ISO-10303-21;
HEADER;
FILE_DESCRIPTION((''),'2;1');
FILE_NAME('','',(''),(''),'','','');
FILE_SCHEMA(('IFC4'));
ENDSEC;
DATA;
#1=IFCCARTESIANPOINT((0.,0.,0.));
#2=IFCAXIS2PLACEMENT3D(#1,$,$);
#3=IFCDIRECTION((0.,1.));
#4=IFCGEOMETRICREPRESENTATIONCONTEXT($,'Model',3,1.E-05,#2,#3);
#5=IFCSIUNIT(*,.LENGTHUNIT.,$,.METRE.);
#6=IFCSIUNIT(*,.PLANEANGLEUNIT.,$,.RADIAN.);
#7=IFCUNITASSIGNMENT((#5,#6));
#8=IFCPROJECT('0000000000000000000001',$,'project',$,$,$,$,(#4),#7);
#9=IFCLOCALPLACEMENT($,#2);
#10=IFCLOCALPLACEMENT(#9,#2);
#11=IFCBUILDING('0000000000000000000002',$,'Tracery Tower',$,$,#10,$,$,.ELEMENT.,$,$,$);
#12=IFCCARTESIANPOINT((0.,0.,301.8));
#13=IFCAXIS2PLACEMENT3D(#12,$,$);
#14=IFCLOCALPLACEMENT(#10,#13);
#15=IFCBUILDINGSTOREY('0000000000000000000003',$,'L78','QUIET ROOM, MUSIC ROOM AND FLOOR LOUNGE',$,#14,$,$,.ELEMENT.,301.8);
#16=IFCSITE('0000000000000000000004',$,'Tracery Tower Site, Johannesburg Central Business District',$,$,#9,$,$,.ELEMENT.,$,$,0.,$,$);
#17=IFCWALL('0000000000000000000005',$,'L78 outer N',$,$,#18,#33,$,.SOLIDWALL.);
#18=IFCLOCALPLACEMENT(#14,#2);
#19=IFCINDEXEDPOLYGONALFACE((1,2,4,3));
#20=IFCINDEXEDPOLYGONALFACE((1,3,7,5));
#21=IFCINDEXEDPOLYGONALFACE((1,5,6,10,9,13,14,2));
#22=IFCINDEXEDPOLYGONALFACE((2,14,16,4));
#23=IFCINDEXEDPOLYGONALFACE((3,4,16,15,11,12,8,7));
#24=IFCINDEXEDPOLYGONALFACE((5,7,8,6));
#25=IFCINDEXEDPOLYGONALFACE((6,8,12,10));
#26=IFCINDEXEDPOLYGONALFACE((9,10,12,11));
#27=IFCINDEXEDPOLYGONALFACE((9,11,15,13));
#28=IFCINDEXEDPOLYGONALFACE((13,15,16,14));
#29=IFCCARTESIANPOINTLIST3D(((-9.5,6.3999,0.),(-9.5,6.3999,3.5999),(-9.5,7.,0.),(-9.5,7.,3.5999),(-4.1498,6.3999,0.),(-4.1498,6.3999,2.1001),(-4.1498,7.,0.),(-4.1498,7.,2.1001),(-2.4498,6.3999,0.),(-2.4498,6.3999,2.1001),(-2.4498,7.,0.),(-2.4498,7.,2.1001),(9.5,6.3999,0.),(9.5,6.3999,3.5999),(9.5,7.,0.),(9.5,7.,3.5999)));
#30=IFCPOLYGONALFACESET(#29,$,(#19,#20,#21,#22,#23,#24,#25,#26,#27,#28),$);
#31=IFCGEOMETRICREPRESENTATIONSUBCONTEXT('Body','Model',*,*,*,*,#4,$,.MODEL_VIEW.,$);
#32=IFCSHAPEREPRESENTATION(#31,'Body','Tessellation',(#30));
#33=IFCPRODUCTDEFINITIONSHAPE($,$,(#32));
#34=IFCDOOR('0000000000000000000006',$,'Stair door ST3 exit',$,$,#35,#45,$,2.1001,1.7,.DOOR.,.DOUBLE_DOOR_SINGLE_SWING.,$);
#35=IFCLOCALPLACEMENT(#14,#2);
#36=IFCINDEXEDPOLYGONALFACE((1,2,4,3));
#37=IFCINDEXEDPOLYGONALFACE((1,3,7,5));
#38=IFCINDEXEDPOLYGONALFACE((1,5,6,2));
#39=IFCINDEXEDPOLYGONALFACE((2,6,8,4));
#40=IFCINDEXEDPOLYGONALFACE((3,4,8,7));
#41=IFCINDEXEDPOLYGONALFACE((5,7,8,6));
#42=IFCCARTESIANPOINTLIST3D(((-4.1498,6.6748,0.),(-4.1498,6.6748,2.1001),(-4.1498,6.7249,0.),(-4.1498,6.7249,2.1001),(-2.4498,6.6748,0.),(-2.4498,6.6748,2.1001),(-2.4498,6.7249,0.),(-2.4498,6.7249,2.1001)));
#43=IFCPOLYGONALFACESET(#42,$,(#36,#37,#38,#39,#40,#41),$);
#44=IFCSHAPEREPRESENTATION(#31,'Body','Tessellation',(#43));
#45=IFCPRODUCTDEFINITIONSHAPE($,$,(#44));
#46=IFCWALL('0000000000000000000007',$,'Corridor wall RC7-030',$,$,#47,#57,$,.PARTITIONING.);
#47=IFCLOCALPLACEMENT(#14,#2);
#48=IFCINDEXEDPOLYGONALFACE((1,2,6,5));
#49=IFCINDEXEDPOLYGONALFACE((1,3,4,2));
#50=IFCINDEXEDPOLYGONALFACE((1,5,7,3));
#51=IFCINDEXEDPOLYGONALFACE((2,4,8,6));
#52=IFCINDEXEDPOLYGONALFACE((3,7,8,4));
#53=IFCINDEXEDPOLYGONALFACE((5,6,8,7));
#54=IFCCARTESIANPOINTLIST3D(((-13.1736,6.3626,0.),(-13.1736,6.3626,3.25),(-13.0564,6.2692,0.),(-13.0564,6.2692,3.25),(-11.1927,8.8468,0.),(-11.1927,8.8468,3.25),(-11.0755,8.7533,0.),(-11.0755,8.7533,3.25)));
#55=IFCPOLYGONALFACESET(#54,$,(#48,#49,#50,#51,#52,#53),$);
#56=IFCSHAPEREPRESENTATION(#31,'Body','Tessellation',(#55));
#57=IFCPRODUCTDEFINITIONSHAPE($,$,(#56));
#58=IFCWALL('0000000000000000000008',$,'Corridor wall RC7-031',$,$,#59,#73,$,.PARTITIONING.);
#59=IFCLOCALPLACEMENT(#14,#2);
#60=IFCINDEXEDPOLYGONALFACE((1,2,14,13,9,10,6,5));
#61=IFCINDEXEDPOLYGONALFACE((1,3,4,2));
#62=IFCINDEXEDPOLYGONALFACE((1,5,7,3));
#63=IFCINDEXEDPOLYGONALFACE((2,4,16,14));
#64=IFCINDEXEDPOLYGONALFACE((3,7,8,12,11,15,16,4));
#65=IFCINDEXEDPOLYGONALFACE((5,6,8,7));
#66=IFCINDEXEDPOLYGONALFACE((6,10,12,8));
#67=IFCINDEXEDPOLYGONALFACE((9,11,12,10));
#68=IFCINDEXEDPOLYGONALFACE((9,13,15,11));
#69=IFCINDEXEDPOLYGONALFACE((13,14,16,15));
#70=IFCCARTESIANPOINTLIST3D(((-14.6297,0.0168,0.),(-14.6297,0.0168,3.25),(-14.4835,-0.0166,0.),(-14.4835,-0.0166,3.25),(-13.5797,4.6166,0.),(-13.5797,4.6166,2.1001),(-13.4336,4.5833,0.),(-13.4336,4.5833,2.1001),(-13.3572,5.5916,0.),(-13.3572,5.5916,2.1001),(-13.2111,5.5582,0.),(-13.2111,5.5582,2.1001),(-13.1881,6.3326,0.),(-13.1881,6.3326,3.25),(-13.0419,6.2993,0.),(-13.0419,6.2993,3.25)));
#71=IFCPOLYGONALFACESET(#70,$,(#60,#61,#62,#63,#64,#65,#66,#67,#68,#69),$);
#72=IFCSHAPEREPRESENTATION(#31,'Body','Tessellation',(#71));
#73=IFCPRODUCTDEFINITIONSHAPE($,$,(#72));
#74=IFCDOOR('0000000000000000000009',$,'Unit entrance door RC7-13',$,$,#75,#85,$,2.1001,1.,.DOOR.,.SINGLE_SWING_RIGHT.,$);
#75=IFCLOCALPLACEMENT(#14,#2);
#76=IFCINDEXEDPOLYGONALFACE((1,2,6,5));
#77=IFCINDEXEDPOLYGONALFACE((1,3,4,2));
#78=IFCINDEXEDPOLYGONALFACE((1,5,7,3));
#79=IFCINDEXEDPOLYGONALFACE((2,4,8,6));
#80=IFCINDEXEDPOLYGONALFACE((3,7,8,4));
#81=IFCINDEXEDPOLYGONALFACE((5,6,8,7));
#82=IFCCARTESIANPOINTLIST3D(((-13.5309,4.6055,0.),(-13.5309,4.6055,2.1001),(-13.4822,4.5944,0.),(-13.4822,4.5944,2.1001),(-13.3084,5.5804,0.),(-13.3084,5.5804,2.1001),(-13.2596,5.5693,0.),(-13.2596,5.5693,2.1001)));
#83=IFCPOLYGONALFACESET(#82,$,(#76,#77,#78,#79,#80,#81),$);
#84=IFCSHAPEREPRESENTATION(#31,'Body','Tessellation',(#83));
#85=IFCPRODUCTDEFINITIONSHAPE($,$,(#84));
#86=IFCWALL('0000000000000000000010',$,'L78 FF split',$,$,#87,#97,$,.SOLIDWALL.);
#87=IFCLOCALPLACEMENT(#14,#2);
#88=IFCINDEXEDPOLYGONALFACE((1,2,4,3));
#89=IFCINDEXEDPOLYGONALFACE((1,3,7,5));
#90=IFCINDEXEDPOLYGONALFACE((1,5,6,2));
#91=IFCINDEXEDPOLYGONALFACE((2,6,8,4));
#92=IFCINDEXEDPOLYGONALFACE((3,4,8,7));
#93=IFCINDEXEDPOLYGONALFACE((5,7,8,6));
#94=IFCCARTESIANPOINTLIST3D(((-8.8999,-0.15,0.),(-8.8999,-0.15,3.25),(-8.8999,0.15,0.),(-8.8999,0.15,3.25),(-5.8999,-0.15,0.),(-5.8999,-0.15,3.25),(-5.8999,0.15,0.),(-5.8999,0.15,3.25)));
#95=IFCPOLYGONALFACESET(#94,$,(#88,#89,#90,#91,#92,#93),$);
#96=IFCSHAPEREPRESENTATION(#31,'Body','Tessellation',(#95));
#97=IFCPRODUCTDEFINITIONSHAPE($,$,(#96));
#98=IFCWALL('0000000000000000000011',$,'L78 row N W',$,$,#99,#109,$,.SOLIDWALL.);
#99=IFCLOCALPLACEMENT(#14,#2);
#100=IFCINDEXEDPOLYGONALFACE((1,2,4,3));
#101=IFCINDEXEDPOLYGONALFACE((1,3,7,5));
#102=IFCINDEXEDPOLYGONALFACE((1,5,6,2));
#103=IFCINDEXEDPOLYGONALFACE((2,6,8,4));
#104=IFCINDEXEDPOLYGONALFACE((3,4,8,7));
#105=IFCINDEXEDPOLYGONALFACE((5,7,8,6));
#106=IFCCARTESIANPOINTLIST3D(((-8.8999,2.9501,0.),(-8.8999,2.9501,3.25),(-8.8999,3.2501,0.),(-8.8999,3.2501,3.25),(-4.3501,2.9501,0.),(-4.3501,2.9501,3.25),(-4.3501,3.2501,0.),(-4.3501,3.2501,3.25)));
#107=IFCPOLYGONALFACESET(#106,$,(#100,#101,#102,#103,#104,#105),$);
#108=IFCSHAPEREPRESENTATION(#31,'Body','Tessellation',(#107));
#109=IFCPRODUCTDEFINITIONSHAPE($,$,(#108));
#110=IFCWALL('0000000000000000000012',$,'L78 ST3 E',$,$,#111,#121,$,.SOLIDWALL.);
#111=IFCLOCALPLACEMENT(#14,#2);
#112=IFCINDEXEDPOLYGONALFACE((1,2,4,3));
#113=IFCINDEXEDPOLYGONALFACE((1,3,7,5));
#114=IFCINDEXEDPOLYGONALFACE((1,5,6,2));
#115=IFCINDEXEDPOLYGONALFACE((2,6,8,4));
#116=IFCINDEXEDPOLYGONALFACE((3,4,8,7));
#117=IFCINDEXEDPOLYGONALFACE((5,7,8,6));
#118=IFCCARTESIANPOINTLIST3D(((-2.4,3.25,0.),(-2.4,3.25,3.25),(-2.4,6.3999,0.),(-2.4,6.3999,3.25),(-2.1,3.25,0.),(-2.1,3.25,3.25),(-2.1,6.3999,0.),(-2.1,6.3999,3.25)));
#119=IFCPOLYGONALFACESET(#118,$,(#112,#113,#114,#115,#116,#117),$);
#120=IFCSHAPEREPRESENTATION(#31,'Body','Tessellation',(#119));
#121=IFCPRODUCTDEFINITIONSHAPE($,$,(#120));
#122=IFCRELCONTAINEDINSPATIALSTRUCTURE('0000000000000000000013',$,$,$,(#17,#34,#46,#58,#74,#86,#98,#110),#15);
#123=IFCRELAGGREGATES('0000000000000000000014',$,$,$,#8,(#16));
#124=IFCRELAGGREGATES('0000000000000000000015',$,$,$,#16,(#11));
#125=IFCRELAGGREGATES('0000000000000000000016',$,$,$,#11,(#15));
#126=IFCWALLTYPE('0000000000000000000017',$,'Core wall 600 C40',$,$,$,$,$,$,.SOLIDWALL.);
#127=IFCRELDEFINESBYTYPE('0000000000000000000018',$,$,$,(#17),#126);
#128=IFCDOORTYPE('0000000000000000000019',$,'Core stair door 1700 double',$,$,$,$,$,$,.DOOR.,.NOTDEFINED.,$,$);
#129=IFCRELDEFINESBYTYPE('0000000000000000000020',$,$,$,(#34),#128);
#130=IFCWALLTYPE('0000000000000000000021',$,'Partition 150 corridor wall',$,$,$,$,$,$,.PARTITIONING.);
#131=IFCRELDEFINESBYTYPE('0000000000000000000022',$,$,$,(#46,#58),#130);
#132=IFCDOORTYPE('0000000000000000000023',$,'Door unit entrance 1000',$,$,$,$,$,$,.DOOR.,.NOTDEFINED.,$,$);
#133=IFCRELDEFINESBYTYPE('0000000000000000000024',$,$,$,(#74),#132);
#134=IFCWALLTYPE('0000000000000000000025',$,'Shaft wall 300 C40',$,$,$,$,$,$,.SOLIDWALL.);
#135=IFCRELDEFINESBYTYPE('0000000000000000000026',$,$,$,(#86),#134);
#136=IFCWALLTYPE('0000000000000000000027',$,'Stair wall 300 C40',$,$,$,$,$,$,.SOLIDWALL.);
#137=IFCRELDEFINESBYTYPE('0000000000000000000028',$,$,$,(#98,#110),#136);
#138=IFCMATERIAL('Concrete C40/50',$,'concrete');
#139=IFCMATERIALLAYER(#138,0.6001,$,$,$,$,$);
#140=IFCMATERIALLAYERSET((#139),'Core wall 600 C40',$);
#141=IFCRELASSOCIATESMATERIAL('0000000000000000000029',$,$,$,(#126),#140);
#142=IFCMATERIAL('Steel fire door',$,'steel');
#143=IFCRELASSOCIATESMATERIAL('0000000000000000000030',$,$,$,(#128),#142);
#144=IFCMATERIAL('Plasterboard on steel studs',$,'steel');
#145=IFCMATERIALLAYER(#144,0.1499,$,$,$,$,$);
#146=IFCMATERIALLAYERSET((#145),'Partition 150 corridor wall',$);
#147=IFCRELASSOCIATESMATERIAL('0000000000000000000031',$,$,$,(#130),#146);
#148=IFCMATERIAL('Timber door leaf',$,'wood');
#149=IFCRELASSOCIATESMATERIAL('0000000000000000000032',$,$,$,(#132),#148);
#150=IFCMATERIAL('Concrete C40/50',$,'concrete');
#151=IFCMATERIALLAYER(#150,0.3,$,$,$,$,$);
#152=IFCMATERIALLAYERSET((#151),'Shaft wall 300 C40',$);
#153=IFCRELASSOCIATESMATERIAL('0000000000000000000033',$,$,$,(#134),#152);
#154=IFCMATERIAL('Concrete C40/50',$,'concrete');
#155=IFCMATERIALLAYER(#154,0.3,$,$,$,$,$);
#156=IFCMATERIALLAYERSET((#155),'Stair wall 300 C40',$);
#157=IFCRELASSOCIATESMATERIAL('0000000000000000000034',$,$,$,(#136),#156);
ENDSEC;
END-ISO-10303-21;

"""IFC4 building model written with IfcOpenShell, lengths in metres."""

from ifc_helpers import new_model, si_unit, direction, frame, frame_2d, origin, place, context, subcontext, project, spatial, rectangle, extrude, material, layer, layer_set, type_object, element, fill, save


model = new_model("IFC4")

# Units and contexts
model_context = context("Model", 3, precision=1e-05, world=origin(), true_north=direction((0.0, 1.0)))
body_context = subcontext(model_context, "Body", "Model", "MODEL_VIEW")
ifc_project = project(units=[si_unit("LENGTHUNIT", "METRE"), si_unit("PLANEANGLEUNIT", "RADIAN")], contexts=[model_context])

# Site, building, storey
site_placement = place(None, origin())
site = spatial("IfcSite", under=ifc_project, at=site_placement, Name="Tracery Tower Site, Johannesburg Central Business District", CompositionType="ELEMENT", RefElevation=0.0)
building_placement = place(site_placement, origin())
building = spatial("IfcBuilding", under=site, at=building_placement, Name="Tracery Tower", CompositionType="ELEMENT")
storey_placement = place(building_placement, frame((0.0, 0.0, 301.8)))
storey = spatial("IfcBuildingStorey", under=building, at=storey_placement, Name="L78", Description="QUIET ROOM, MUSIC ROOM AND FLOOR LOUNGE", CompositionType="ELEMENT", Elevation=301.8)

# Wall, opening, door
ifc_material_1 = material(Name="Concrete C40/50", Category="concrete")
ifc_layer_1 = layer(ifc_material_1, 0.6001)
ifc_layer_set_1 = layer_set([ifc_layer_1], Name="Core wall 600 C40")
wall_type_1 = type_object("IfcWallType", Name="Core wall 600 C40", PredefinedType="SOLIDWALL", material=ifc_layer_set_1)
wall_1_placement = place(storey_placement, frame((-9.5, 6.7, 0.0), z_axis=(0.0, 0.0, 1.0), x_axis=(1.0, 0.0, 0.0)))
wall_1 = element("IfcWall", 1, at=wall_1_placement, inside=storey, type_object=wall_type_1, Name="L78 outer N", PredefinedType="SOLIDWALL", context=body_context, shape_type="SweptSolid", body=[
    extrude(rectangle(XDim=19.0, YDim=0.6001, at=frame_2d((9.5, 0.0))), origin(), (0.0, 0.0, 1.0), 3.5999),
])
opening_1_placement = place(wall_1_placement, frame((5.3501, 0.0, 0.0)))
opening_1 = element("IfcOpeningElement", 2, at=opening_1_placement, cuts=wall_1, PredefinedType="OPENING", context=body_context, shape_type="SweptSolid", body=[
    extrude(rectangle(XDim=1.7, YDim=2.1001, at=frame_2d((0.8501, 1.05))), frame((0.0, 0.3, 0.0), z_axis=(0.0, -1.0, 0.0), x_axis=(1.0, 0.0, 0.0)), (0.0, 0.0, 1.0), 0.6001),
])
ifc_material_2 = material(Name="Steel fire door", Category="steel")
door_type_1 = type_object("IfcDoorType", Name="Core stair door 1700 double", OperationType="NOTDEFINED", PredefinedType="DOOR", material=ifc_material_2)
door_1_placement = place(opening_1_placement, origin())
door_1 = element("IfcDoor", 3, at=door_1_placement, inside=storey, type_object=door_type_1, Name="Stair door ST3 exit", OperationType="DOUBLE_DOOR_SINGLE_SWING", OverallHeight=2.1001, OverallWidth=1.7, PredefinedType="DOOR", context=body_context, shape_type="SweptSolid", body=[
    extrude(rectangle(XDim=1.7, YDim=2.1001, at=frame_2d((0.8501, 1.05))), frame((0.0, 0.0249, 0.0), z_axis=(0.0, -1.0, 0.0), x_axis=(1.0, 0.0, 0.0)), (0.0, 0.0, 1.0), 0.05),
])
fill(opening_1, door_1)

# Wall
ifc_material_3 = material(Name="Plasterboard on steel studs", Category="steel")
ifc_layer_2 = layer(ifc_material_3, 0.1499)
ifc_layer_set_2 = layer_set([ifc_layer_2], Name="Partition 150 corridor wall")
wall_type_2 = type_object("IfcWallType", Name="Partition 150 corridor wall", PredefinedType="PARTITIONING", material=ifc_layer_set_2)
wall_2_placement = place(storey_placement, frame((-13.115, 6.3159, 0.0), z_axis=(0.0, 0.0, 1.0), x_axis=(0.623476, 0.781842, 0.0)))
element("IfcWall", 4, at=wall_2_placement, inside=storey, type_object=wall_type_2, Name="Corridor wall RC7-030", PredefinedType="PARTITIONING", context=body_context, shape_type="SweptSolid", body=[
    extrude(rectangle(XDim=3.1772, YDim=0.1499, at=frame_2d((1.5886, 0.0))), origin(), (0.0, 0.0, 1.0), 3.25),
])

# Wall, opening, door
wall_3_placement = place(storey_placement, frame((-14.5566, 0.0, 0.0), z_axis=(0.0, 0.0, 1.0), x_axis=(0.222533, 0.974925, 0.0)))
wall_3 = element("IfcWall", 5, at=wall_3_placement, inside=storey, type_object=wall_type_2, Name="Corridor wall RC7-031", PredefinedType="PARTITIONING", context=body_context, shape_type="SweptSolid", body=[
    extrude(rectangle(XDim=6.4783, YDim=0.1499, at=frame_2d((3.2393, 0.0))), origin(), (0.0, 0.0, 1.0), 3.25),
])
opening_2_placement = place(wall_3_placement, frame((4.7183, 0.0, 0.0)))
opening_2 = element("IfcOpeningElement", 6, at=opening_2_placement, cuts=wall_3, PredefinedType="OPENING", context=body_context, shape_type="SweptSolid", body=[
    extrude(rectangle(XDim=1.0, YDim=2.1001, at=frame_2d((0.5, 1.05))), frame((0.0, 0.075, 0.0), z_axis=(0.0, -1.0, 0.0), x_axis=(1.0, 0.0, 0.0)), (0.0, 0.0, 1.0), 0.1499),
])
ifc_material_4 = material(Name="Timber door leaf", Category="wood")
door_type_2 = type_object("IfcDoorType", Name="Door unit entrance 1000", OperationType="NOTDEFINED", PredefinedType="DOOR", material=ifc_material_4)
door_2_placement = place(opening_2_placement, origin())
door_2 = element("IfcDoor", 7, at=door_2_placement, inside=storey, type_object=door_type_2, Name="Unit entrance door RC7-13", OperationType="SINGLE_SWING_RIGHT", OverallHeight=2.1001, OverallWidth=1.0, PredefinedType="DOOR", context=body_context, shape_type="SweptSolid", body=[
    extrude(rectangle(XDim=1.0, YDim=2.1001, at=frame_2d((0.5, 1.05))), frame((0.0, 0.0249, 0.0), z_axis=(0.0, -1.0, 0.0), x_axis=(1.0, 0.0, 0.0)), (0.0, 0.0, 1.0), 0.05),
])
fill(opening_2, door_2)

# Walls
ifc_material_5 = material(Name="Concrete C40/50", Category="concrete")
ifc_layer_3 = layer(ifc_material_5, 0.3)
ifc_layer_set_3 = layer_set([ifc_layer_3], Name="Shaft wall 300 C40")
wall_type_3 = type_object("IfcWallType", Name="Shaft wall 300 C40", PredefinedType="SOLIDWALL", material=ifc_layer_set_3)
wall_4_placement = place(storey_placement, frame((-8.8999, 0.0, 0.0), z_axis=(0.0, 0.0, 1.0), x_axis=(1.0, 0.0, 0.0)))
element("IfcWall", 8, at=wall_4_placement, inside=storey, type_object=wall_type_3, Name="L78 FF split", PredefinedType="SOLIDWALL", context=body_context, shape_type="SweptSolid", body=[
    extrude(rectangle(XDim=3.0, YDim=0.3, at=frame_2d((1.5, 0.0))), origin(), (0.0, 0.0, 1.0), 3.25),
])
ifc_material_6 = material(Name="Concrete C40/50", Category="concrete")
ifc_layer_4 = layer(ifc_material_6, 0.3)
ifc_layer_set_4 = layer_set([ifc_layer_4], Name="Stair wall 300 C40")
wall_type_4 = type_object("IfcWallType", Name="Stair wall 300 C40", PredefinedType="SOLIDWALL", material=ifc_layer_set_4)
wall_5_placement = place(storey_placement, frame((-8.8999, 3.1001, 0.0), z_axis=(0.0, 0.0, 1.0), x_axis=(1.0, 0.0, 0.0)))
element("IfcWall", 9, at=wall_5_placement, inside=storey, type_object=wall_type_4, Name="L78 row N W", PredefinedType="SOLIDWALL", context=body_context, shape_type="SweptSolid", body=[
    extrude(rectangle(XDim=4.5498, YDim=0.3, at=frame_2d((2.2749, 0.0))), origin(), (0.0, 0.0, 1.0), 3.25),
])

# Wall
wall_6_placement = place(storey_placement, frame((-2.25, 3.25, 0.0), z_axis=(0.0, 0.0, 1.0), x_axis=(0.0, 1.0, 0.0)))
element("IfcWall", 10, at=wall_6_placement, inside=storey, type_object=wall_type_4, Name="L78 ST3 E", PredefinedType="SOLIDWALL", context=body_context, shape_type="SweptSolid", body=[
    extrude(rectangle(XDim=3.1499, YDim=0.3, at=frame_2d((1.575, 0.0))), origin(), (0.0, 0.0, 1.0), 3.25),
])

save(model, "model.ifc")
